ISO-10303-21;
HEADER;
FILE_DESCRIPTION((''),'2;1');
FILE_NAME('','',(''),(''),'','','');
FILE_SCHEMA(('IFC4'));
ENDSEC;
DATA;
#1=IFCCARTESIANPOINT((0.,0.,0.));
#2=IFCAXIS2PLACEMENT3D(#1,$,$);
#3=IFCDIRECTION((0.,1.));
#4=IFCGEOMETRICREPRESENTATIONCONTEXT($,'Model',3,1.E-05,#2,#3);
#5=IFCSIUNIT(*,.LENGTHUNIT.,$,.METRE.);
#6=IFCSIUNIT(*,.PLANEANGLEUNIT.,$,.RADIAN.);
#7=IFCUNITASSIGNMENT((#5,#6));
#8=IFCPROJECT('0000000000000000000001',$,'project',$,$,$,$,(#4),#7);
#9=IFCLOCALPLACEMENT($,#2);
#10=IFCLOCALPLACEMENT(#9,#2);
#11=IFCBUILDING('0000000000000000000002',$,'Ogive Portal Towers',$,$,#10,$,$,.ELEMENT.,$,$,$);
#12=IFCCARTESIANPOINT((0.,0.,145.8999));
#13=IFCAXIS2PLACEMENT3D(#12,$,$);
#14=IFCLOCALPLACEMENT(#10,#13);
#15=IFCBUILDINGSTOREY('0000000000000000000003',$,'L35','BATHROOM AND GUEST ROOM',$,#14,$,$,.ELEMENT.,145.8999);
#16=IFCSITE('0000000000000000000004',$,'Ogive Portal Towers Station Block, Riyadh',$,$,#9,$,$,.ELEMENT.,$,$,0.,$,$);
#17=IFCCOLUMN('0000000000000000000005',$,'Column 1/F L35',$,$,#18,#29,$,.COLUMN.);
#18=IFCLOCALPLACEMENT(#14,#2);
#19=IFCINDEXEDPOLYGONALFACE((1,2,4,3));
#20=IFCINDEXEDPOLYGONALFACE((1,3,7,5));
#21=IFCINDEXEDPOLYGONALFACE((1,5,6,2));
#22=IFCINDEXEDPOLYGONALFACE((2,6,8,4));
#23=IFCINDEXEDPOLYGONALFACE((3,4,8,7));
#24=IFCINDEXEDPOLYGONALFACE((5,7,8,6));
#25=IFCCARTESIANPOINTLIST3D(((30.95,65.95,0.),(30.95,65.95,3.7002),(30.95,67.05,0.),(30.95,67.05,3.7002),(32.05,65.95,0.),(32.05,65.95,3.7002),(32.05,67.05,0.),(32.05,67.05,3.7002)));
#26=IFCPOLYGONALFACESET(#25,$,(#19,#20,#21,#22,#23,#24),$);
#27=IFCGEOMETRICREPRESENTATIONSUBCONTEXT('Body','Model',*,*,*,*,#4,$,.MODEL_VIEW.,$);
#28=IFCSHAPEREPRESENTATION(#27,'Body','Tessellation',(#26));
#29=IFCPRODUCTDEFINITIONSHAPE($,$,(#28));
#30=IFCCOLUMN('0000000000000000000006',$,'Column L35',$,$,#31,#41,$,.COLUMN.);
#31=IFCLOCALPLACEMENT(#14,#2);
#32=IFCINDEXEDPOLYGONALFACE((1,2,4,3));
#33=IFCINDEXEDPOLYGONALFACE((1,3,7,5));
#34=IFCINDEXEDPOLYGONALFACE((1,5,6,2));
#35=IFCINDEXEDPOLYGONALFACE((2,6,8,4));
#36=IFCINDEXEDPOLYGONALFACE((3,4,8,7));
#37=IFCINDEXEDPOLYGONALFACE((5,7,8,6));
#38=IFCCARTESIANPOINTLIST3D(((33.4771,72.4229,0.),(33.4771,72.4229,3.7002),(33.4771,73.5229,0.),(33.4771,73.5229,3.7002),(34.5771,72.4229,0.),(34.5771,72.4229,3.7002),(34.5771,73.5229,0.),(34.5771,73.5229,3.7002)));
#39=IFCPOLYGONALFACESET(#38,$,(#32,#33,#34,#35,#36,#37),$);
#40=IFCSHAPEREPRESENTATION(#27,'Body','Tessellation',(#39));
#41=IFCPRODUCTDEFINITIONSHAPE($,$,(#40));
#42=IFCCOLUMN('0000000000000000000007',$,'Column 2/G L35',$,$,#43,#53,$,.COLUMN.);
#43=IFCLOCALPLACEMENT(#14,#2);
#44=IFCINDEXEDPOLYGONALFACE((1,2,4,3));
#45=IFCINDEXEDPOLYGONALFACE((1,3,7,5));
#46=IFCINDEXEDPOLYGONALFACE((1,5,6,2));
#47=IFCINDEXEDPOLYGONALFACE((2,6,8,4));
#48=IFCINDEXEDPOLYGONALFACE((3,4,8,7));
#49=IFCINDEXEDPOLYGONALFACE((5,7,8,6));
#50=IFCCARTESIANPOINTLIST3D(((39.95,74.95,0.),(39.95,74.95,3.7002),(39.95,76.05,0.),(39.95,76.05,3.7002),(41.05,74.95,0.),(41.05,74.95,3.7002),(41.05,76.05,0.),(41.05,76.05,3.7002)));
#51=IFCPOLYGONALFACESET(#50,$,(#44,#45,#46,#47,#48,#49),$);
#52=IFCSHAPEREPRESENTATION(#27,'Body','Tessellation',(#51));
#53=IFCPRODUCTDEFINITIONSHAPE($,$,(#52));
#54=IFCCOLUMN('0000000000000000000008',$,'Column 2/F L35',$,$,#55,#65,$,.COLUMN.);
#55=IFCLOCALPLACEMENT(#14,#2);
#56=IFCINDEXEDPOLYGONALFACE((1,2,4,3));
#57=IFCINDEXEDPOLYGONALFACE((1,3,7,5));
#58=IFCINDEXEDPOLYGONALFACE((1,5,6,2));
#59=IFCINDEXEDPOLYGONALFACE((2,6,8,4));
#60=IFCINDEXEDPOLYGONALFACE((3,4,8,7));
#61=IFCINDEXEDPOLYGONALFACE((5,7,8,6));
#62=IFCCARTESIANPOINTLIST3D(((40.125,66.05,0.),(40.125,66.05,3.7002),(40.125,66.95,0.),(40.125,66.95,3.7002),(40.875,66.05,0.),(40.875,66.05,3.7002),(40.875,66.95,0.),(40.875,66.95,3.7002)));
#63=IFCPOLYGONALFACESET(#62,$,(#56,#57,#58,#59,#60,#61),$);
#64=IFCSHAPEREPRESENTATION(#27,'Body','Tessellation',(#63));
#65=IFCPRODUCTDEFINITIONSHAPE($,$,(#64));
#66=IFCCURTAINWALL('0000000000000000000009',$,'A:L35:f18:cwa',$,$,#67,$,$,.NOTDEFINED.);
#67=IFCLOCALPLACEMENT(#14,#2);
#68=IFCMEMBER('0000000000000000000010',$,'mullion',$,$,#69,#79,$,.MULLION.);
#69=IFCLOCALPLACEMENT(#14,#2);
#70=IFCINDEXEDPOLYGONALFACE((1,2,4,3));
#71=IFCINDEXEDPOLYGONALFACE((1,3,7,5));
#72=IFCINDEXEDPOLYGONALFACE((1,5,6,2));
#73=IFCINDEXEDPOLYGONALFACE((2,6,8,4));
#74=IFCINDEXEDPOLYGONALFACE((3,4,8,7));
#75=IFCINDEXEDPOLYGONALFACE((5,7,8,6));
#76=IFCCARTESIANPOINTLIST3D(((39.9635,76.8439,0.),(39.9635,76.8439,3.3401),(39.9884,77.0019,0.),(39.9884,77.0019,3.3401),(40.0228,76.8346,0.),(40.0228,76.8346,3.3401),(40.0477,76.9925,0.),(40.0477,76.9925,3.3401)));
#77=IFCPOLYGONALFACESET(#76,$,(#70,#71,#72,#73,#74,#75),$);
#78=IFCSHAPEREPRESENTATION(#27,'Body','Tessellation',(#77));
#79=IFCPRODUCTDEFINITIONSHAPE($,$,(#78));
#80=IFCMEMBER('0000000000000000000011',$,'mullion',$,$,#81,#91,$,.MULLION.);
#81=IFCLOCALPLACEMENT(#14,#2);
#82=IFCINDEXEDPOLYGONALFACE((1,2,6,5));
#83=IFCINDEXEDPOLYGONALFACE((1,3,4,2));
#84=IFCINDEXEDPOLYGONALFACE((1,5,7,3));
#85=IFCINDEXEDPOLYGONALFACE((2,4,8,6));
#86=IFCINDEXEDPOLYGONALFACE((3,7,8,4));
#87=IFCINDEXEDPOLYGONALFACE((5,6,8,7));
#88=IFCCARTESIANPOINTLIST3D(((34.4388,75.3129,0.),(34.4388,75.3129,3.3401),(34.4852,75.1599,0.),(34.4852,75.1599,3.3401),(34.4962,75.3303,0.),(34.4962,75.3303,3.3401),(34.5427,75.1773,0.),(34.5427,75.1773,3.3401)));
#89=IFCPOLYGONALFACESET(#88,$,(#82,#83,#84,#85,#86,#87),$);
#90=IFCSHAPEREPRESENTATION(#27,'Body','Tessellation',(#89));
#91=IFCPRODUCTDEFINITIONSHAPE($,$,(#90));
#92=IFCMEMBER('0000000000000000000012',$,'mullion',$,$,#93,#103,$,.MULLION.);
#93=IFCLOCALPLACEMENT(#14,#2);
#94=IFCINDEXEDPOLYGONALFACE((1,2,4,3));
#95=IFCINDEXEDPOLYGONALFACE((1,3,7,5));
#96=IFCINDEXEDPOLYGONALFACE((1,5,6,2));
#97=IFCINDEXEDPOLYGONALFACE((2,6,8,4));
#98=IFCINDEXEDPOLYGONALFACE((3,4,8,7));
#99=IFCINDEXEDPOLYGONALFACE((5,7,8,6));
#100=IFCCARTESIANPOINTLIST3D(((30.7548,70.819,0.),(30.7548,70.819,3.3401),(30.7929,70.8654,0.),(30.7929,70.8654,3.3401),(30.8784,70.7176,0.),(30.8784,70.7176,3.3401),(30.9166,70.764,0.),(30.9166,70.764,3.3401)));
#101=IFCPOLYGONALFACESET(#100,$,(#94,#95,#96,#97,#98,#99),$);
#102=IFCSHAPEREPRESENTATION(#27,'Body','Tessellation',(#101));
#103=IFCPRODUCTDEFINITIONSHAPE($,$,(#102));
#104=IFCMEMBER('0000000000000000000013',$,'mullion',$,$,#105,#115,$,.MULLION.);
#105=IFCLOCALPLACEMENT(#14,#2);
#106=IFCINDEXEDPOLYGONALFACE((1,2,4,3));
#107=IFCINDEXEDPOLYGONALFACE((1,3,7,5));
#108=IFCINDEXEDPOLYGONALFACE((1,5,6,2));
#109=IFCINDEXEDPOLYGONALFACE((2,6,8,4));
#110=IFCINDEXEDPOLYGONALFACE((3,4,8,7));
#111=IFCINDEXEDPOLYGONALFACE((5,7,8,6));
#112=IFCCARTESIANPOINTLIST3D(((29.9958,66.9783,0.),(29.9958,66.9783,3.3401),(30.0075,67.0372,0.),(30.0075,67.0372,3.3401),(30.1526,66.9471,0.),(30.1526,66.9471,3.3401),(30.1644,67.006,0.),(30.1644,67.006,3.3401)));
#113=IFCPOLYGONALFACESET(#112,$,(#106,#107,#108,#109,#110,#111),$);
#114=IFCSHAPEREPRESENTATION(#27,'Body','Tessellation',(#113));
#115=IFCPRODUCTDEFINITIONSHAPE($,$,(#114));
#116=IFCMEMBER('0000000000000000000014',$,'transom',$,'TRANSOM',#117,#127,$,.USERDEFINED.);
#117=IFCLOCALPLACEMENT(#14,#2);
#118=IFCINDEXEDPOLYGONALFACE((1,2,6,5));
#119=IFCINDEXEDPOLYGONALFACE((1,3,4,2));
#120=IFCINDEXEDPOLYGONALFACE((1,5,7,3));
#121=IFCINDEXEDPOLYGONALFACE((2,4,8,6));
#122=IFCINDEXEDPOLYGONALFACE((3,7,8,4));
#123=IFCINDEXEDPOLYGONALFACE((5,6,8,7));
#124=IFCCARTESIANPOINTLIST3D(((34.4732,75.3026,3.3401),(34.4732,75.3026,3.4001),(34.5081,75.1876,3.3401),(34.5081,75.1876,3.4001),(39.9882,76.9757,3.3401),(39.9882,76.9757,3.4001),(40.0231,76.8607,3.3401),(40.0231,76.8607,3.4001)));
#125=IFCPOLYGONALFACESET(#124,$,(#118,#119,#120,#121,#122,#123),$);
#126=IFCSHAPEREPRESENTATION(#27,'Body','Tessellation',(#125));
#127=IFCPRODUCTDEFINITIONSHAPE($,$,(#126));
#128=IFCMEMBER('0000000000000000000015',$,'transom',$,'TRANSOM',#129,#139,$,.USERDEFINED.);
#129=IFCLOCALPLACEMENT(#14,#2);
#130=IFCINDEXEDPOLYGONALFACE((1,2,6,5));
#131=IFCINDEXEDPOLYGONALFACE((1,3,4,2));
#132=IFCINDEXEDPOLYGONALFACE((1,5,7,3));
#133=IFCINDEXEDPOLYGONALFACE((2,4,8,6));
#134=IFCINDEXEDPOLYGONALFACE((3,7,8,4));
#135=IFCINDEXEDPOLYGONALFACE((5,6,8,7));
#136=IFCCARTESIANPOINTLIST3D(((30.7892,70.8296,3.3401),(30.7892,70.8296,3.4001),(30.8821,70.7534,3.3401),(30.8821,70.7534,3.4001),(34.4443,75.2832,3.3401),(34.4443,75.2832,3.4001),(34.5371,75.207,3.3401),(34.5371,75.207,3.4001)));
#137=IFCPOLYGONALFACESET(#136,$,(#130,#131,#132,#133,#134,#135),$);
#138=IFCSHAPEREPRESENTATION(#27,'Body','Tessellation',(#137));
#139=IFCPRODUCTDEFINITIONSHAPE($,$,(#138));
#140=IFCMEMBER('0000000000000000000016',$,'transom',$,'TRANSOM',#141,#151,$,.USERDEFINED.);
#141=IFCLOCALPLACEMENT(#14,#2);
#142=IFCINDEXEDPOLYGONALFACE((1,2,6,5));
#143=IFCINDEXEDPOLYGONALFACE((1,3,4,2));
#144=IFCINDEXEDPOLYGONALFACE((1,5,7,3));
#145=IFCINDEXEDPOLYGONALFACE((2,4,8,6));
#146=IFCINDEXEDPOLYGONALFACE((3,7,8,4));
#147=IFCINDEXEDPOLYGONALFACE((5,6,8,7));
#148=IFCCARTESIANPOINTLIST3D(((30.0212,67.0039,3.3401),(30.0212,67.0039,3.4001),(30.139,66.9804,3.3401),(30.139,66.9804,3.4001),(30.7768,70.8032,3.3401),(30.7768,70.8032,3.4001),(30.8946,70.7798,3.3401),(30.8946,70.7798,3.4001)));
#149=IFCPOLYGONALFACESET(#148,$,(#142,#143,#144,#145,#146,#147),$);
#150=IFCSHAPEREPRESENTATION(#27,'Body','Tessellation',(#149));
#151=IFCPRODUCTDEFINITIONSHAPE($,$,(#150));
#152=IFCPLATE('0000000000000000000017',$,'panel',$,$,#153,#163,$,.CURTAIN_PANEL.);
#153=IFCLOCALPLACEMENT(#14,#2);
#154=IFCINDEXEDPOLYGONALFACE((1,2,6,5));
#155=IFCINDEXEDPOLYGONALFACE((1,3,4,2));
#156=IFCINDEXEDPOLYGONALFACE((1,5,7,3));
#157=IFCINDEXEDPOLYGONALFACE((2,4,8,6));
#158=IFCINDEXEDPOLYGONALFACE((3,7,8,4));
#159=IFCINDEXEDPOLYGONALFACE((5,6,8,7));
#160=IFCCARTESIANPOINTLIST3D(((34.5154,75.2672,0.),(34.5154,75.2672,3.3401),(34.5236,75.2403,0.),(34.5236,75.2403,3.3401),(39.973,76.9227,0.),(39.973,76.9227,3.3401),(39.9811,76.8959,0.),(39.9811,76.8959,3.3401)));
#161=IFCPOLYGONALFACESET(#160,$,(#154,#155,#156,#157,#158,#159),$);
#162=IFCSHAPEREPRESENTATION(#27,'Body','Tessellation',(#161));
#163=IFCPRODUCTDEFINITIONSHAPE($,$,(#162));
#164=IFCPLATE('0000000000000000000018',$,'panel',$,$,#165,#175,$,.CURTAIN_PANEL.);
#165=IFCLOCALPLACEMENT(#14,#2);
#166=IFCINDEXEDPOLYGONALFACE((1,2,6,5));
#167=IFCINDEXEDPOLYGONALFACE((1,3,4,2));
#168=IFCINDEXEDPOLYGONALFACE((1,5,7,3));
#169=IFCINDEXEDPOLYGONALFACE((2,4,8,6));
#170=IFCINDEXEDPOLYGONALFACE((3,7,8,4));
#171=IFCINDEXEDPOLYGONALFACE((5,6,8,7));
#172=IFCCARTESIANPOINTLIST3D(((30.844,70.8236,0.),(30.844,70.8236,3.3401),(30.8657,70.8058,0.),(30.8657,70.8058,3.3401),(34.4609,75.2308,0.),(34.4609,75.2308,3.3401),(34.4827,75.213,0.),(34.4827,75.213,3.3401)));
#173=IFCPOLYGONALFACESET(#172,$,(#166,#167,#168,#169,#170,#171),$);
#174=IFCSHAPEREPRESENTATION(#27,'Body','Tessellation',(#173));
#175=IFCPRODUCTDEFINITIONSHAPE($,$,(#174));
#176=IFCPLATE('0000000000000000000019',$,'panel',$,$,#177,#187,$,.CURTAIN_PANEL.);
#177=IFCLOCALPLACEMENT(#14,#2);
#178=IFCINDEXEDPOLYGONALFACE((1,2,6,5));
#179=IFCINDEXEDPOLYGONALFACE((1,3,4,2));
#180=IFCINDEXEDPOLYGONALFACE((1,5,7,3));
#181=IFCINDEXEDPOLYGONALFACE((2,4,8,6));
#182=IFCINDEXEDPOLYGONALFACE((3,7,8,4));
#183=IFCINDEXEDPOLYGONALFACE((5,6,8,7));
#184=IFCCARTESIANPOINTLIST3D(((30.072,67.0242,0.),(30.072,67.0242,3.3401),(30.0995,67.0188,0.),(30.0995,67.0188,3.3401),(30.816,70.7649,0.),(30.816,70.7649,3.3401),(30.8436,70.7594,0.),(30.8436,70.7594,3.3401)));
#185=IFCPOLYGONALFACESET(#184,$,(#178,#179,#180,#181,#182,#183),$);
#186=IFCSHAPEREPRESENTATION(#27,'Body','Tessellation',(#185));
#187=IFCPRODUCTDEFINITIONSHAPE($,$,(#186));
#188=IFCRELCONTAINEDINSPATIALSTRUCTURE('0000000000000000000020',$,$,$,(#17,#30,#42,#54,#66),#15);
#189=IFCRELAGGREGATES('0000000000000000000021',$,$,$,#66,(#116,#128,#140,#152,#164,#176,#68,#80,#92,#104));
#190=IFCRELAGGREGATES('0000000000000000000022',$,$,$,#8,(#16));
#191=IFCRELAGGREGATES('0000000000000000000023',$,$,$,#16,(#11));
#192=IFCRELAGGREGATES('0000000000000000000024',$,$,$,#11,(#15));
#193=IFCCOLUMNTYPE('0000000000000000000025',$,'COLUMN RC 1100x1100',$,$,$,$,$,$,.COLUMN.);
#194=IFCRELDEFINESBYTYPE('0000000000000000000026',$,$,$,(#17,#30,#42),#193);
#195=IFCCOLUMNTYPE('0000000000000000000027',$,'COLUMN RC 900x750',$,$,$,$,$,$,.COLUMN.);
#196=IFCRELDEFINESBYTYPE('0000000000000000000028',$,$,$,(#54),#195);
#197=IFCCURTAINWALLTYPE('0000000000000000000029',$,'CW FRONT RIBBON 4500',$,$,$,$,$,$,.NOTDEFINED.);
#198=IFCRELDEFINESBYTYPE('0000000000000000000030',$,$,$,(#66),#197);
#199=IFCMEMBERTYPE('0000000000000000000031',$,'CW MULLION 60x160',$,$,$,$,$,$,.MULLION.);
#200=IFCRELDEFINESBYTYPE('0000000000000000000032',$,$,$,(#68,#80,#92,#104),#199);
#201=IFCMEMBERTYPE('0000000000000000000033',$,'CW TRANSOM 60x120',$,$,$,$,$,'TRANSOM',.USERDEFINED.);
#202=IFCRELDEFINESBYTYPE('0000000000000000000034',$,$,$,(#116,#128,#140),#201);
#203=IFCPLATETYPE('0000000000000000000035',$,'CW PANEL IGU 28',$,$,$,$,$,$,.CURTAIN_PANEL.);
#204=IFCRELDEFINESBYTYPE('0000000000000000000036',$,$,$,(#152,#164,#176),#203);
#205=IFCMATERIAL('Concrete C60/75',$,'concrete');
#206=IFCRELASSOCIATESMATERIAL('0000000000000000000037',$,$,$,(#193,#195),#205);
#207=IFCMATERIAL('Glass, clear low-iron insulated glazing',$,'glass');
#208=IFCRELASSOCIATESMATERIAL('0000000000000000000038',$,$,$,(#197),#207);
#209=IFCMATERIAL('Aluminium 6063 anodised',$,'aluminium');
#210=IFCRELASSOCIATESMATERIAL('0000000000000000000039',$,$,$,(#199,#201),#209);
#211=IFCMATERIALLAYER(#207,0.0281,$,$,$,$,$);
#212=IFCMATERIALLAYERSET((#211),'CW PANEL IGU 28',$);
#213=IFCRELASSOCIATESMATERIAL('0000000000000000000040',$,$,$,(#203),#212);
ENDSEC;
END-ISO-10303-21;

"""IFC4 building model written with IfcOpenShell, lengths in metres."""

from ifc_helpers import new_model, si_unit, direction, frame, origin, origin_2d, place, context, subcontext, project, spatial, rectangle, extrude, material, layer, layer_set, material_profile, profile_set, type_object, element, aggregate, save


model = new_model("IFC4")

# Units and contexts
model_context = context("Model", 3, precision=1e-05, world=origin(), true_north=direction((0.0, 1.0)))
body_context = subcontext(model_context, "Body", "Model", "MODEL_VIEW")
ifc_project = project(units=[si_unit("LENGTHUNIT", "METRE"), si_unit("PLANEANGLEUNIT", "RADIAN")], contexts=[model_context])

# Site, building, storey
site_placement = place(None, origin())
site = spatial("IfcSite", under=ifc_project, at=site_placement, Name="Ogive Portal Towers Station Block, Riyadh", CompositionType="ELEMENT", RefElevation=0.0)
building_placement = place(site_placement, origin())
building = spatial("IfcBuilding", under=site, at=building_placement, Name="Ogive Portal Towers", CompositionType="ELEMENT")
storey_placement = place(building_placement, frame((0.0, 0.0, 145.8999)))
storey = spatial("IfcBuildingStorey", under=building, at=storey_placement, Name="L35", Description="BATHROOM AND GUEST ROOM", CompositionType="ELEMENT", Elevation=145.8999)

# Columns
ifc_material_1 = material(Name="Concrete C60/75", Category="concrete")
ifc_material_profile_1 = material_profile(ifc_material_1, rectangle(XDim=1.1001, YDim=1.1001, at=origin_2d()), Name="RC 1100x1100")
ifc_profile_set_1 = profile_set([ifc_material_profile_1], Name="Concrete C60/75")
column_type_1 = type_object("IfcColumnType", Name="COLUMN RC 1100x1100", PredefinedType="COLUMN", material=ifc_profile_set_1)
for number, where, z_axis, x_axis, name in (
    (1, (31.5, 66.5, 0.0), (0.0, 0.0, 1.0), (1.0, 0.0, 0.0), "Column 1/F L35"),
    (2, (34.0271, 72.9729, 0.0), (0.0, 0.0, 1.0), (1.0, 0.0, 0.0), "Column L35"),
    (3, (40.5, 75.5, 0.0), (0.0, 0.0, 1.0), (1.0, 0.0, 0.0), "Column 2/G L35"),
):
    element("IfcColumn", number, at=place(storey_placement, frame(where, z_axis=z_axis, x_axis=x_axis)), inside=storey, type_object=column_type_1, Name=name, PredefinedType="COLUMN", context=body_context, shape_type="SweptSolid", body=[
        extrude(rectangle(XDim=1.1001, YDim=1.1001, at=origin_2d()), origin(), (0.0, 0.0, 1.0), 3.7002),
    ])
ifc_material_profile_2 = material_profile(ifc_material_1, rectangle(XDim=0.8999, YDim=0.75, at=origin_2d()), Name="RC 900x750")
ifc_profile_set_2 = profile_set([ifc_material_profile_2], Name="Concrete C60/75")
column_type_2 = type_object("IfcColumnType", Name="COLUMN RC 900x750", PredefinedType="COLUMN", material=ifc_profile_set_2)
column_placement = place(storey_placement, frame((40.5, 66.5, 0.0), z_axis=(0.0, 0.0, 1.0), x_axis=(0.0, 1.0, 0.0)))
element("IfcColumn", 4, at=column_placement, inside=storey, type_object=column_type_2, Name="Column 2/F L35", PredefinedType="COLUMN", context=body_context, shape_type="SweptSolid", body=[
    extrude(rectangle(XDim=0.8999, YDim=0.75, at=origin_2d()), origin(), (0.0, 0.0, 1.0), 3.7002),
])

# Curtain wall, members, plates
ifc_material_2 = material(Name="Glass, clear low-iron insulated glazing", Category="glass")
curtain_wall_type = type_object("IfcCurtainWallType", Name="CW FRONT RIBBON 4500", PredefinedType="NOTDEFINED", material=ifc_material_2)
curtain_wall_placement = place(storey_placement, origin())
curtain_wall = element("IfcCurtainWall", 5, at=curtain_wall_placement, inside=storey, type_object=curtain_wall_type, Name="A:L35:f18:cwa", PredefinedType="NOTDEFINED")
ifc_material_3 = material(Name="Aluminium 6063 anodised", Category="aluminium")
ifc_material_profile_3 = material_profile(ifc_material_3, rectangle(XDim=0.1599, YDim=0.0601, at=origin_2d()), Name="AL 60x160")
ifc_profile_set_3 = profile_set([ifc_material_profile_3], Name="Aluminium 6063 anodised")
member_type_1 = type_object("IfcMemberType", Name="CW MULLION 60x160", PredefinedType="MULLION", material=ifc_profile_set_3)
member_1_placement = place(storey_placement, frame((40.0056, 76.9182, 0.0), z_axis=(0.0, 0.0, 1.0), x_axis=(-0.155777, -0.987792, 0.0)))
member_1 = element("IfcMember", 6, at=member_1_placement, type_object=member_type_1, Name="mullion", PredefinedType="MULLION", context=body_context, shape_type="SweptSolid", body=[
    extrude(rectangle(XDim=0.1599, YDim=0.0601, at=origin_2d()), origin(), (0.0, 0.0, 1.0), 3.3401),
])
member_2_placement = place(storey_placement, frame((34.4907, 75.2451, 0.0), z_axis=(0.0, 0.0, 1.0), x_axis=(0.290285, -0.95694, 0.0)))
member_2 = element("IfcMember", 7, at=member_2_placement, type_object=member_type_1, Name="mullion", PredefinedType="MULLION", context=body_context, shape_type="SweptSolid", body=[
    extrude(rectangle(XDim=0.1599, YDim=0.0601, at=origin_2d()), origin(), (0.0, 0.0, 1.0), 3.3401),
])
member_3_placement = place(storey_placement, frame((30.8357, 70.7915, 0.0), z_axis=(0.0, 0.0, 1.0), x_axis=(0.77301, -0.634393, 0.0)))
member_3 = element("IfcMember", 8, at=member_3_placement, type_object=member_type_1, Name="mullion", PredefinedType="MULLION", context=body_context, shape_type="SweptSolid", body=[
    extrude(rectangle(XDim=0.1599, YDim=0.0601, at=origin_2d()), origin(), (0.0, 0.0, 1.0), 3.3401),
])
member_4_placement = place(storey_placement, frame((30.0801, 66.9922, 0.0), z_axis=(0.0, 0.0, 1.0), x_axis=(0.980785, -0.19509, 0.0)))
member_4 = element("IfcMember", 9, at=member_4_placement, type_object=member_type_1, Name="mullion", PredefinedType="MULLION", context=body_context, shape_type="SweptSolid", body=[
    extrude(rectangle(XDim=0.1599, YDim=0.0601, at=origin_2d()), origin(), (0.0, 0.0, 1.0), 3.3401),
])
ifc_material_profile_4 = material_profile(ifc_material_3, rectangle(XDim=0.1201, YDim=0.0601, at=origin_2d()), Name="AL 120x60")
ifc_profile_set_4 = profile_set([ifc_material_profile_4], Name="Aluminium 6063 anodised")
member_type_2 = type_object("IfcMemberType", Name="CW TRANSOM 60x120", ElementType="TRANSOM", PredefinedType="USERDEFINED", material=ifc_profile_set_4)
member_5_placement = place(storey_placement, frame((40.0056, 76.9182, 3.3701), z_axis=(-0.956932, -0.290312, 0.0), x_axis=(0.290312, -0.956932, 0.0)))
member_5 = element("IfcMember", 10, at=member_5_placement, type_object=member_type_2, Name="transom", ObjectType="TRANSOM", PredefinedType="USERDEFINED", context=body_context, shape_type="SweptSolid", body=[
    extrude(rectangle(XDim=0.1201, YDim=0.0601, at=origin_2d()), origin(), (0.0, 0.0, 1.0), 5.7632),
])
member_6_placement = place(storey_placement, frame((34.4907, 75.2451, 3.3701), z_axis=(-0.634398, -0.773007, 0.0), x_axis=(0.773007, -0.634398, 0.0)))
member_6 = element("IfcMember", 11, at=member_6_placement, type_object=member_type_2, Name="transom", ObjectType="TRANSOM", PredefinedType="USERDEFINED", context=body_context, shape_type="SweptSolid", body=[
    extrude(rectangle(XDim=0.1201, YDim=0.0601, at=origin_2d()), origin(), (0.0, 0.0, 1.0), 5.7615),
])
member_7_placement = place(storey_placement, frame((30.8357, 70.7915, 3.3701), z_axis=(-0.195062, -0.980791, 0.0), x_axis=(0.980791, -0.195062, 0.0)))
member_7 = element("IfcMember", 12, at=member_7_placement, type_object=member_type_2, Name="transom", ObjectType="TRANSOM", PredefinedType="USERDEFINED", context=body_context, shape_type="SweptSolid", body=[
    extrude(rectangle(XDim=0.1201, YDim=0.0601, at=origin_2d()), origin(), (0.0, 0.0, 1.0), 3.8738),
])
ifc_layer_1 = layer(ifc_material_2, 0.0281)
ifc_layer_set_1 = layer_set([ifc_layer_1], Name="CW PANEL IGU 28")
plate_type = type_object("IfcPlateType", Name="CW PANEL IGU 28", PredefinedType="CURTAIN_PANEL", material=ifc_layer_set_1)
plate_1_placement = place(storey_placement, frame((37.2483, 76.0815, 0.0), z_axis=(0.0, 0.0, 1.0), x_axis=(-0.95694, -0.290285, 0.0)))
plate_1 = element("IfcPlate", 13, at=plate_1_placement, type_object=plate_type, Name="panel", PredefinedType="CURTAIN_PANEL", context=body_context, shape_type="SweptSolid", body=[
    extrude(rectangle(XDim=5.7031, YDim=0.0281, at=origin_2d()), origin(), (0.0, 0.0, 1.0), 3.3401),
])
plate_2_placement = place(storey_placement, frame((32.6633, 73.0183, 0.0), z_axis=(0.0, 0.0, 1.0), x_axis=(-0.634393, -0.77301, 0.0)))
plate_2 = element("IfcPlate", 14, at=plate_2_placement, type_object=plate_type, Name="panel", PredefinedType="CURTAIN_PANEL", context=body_context, shape_type="SweptSolid", body=[
    extrude(rectangle(XDim=5.7014, YDim=0.0281, at=origin_2d()), origin(), (0.0, 0.0, 1.0), 3.3401),
])
plate_3_placement = place(storey_placement, frame((30.4578, 68.8918, 0.0), z_axis=(0.0, 0.0, 1.0), x_axis=(-0.19509, -0.980785, 0.0)))
plate_3 = element("IfcPlate", 15, at=plate_3_placement, type_object=plate_type, Name="panel", PredefinedType="CURTAIN_PANEL", context=body_context, shape_type="SweptSolid", body=[
    extrude(rectangle(XDim=3.814, YDim=0.0281, at=origin_2d()), origin(), (0.0, 0.0, 1.0), 3.3401),
])
aggregate(curtain_wall, [member_5, member_6, member_7, plate_1, plate_2, plate_3, member_1, member_2, member_3, member_4])

save(model, "model.ifc")
